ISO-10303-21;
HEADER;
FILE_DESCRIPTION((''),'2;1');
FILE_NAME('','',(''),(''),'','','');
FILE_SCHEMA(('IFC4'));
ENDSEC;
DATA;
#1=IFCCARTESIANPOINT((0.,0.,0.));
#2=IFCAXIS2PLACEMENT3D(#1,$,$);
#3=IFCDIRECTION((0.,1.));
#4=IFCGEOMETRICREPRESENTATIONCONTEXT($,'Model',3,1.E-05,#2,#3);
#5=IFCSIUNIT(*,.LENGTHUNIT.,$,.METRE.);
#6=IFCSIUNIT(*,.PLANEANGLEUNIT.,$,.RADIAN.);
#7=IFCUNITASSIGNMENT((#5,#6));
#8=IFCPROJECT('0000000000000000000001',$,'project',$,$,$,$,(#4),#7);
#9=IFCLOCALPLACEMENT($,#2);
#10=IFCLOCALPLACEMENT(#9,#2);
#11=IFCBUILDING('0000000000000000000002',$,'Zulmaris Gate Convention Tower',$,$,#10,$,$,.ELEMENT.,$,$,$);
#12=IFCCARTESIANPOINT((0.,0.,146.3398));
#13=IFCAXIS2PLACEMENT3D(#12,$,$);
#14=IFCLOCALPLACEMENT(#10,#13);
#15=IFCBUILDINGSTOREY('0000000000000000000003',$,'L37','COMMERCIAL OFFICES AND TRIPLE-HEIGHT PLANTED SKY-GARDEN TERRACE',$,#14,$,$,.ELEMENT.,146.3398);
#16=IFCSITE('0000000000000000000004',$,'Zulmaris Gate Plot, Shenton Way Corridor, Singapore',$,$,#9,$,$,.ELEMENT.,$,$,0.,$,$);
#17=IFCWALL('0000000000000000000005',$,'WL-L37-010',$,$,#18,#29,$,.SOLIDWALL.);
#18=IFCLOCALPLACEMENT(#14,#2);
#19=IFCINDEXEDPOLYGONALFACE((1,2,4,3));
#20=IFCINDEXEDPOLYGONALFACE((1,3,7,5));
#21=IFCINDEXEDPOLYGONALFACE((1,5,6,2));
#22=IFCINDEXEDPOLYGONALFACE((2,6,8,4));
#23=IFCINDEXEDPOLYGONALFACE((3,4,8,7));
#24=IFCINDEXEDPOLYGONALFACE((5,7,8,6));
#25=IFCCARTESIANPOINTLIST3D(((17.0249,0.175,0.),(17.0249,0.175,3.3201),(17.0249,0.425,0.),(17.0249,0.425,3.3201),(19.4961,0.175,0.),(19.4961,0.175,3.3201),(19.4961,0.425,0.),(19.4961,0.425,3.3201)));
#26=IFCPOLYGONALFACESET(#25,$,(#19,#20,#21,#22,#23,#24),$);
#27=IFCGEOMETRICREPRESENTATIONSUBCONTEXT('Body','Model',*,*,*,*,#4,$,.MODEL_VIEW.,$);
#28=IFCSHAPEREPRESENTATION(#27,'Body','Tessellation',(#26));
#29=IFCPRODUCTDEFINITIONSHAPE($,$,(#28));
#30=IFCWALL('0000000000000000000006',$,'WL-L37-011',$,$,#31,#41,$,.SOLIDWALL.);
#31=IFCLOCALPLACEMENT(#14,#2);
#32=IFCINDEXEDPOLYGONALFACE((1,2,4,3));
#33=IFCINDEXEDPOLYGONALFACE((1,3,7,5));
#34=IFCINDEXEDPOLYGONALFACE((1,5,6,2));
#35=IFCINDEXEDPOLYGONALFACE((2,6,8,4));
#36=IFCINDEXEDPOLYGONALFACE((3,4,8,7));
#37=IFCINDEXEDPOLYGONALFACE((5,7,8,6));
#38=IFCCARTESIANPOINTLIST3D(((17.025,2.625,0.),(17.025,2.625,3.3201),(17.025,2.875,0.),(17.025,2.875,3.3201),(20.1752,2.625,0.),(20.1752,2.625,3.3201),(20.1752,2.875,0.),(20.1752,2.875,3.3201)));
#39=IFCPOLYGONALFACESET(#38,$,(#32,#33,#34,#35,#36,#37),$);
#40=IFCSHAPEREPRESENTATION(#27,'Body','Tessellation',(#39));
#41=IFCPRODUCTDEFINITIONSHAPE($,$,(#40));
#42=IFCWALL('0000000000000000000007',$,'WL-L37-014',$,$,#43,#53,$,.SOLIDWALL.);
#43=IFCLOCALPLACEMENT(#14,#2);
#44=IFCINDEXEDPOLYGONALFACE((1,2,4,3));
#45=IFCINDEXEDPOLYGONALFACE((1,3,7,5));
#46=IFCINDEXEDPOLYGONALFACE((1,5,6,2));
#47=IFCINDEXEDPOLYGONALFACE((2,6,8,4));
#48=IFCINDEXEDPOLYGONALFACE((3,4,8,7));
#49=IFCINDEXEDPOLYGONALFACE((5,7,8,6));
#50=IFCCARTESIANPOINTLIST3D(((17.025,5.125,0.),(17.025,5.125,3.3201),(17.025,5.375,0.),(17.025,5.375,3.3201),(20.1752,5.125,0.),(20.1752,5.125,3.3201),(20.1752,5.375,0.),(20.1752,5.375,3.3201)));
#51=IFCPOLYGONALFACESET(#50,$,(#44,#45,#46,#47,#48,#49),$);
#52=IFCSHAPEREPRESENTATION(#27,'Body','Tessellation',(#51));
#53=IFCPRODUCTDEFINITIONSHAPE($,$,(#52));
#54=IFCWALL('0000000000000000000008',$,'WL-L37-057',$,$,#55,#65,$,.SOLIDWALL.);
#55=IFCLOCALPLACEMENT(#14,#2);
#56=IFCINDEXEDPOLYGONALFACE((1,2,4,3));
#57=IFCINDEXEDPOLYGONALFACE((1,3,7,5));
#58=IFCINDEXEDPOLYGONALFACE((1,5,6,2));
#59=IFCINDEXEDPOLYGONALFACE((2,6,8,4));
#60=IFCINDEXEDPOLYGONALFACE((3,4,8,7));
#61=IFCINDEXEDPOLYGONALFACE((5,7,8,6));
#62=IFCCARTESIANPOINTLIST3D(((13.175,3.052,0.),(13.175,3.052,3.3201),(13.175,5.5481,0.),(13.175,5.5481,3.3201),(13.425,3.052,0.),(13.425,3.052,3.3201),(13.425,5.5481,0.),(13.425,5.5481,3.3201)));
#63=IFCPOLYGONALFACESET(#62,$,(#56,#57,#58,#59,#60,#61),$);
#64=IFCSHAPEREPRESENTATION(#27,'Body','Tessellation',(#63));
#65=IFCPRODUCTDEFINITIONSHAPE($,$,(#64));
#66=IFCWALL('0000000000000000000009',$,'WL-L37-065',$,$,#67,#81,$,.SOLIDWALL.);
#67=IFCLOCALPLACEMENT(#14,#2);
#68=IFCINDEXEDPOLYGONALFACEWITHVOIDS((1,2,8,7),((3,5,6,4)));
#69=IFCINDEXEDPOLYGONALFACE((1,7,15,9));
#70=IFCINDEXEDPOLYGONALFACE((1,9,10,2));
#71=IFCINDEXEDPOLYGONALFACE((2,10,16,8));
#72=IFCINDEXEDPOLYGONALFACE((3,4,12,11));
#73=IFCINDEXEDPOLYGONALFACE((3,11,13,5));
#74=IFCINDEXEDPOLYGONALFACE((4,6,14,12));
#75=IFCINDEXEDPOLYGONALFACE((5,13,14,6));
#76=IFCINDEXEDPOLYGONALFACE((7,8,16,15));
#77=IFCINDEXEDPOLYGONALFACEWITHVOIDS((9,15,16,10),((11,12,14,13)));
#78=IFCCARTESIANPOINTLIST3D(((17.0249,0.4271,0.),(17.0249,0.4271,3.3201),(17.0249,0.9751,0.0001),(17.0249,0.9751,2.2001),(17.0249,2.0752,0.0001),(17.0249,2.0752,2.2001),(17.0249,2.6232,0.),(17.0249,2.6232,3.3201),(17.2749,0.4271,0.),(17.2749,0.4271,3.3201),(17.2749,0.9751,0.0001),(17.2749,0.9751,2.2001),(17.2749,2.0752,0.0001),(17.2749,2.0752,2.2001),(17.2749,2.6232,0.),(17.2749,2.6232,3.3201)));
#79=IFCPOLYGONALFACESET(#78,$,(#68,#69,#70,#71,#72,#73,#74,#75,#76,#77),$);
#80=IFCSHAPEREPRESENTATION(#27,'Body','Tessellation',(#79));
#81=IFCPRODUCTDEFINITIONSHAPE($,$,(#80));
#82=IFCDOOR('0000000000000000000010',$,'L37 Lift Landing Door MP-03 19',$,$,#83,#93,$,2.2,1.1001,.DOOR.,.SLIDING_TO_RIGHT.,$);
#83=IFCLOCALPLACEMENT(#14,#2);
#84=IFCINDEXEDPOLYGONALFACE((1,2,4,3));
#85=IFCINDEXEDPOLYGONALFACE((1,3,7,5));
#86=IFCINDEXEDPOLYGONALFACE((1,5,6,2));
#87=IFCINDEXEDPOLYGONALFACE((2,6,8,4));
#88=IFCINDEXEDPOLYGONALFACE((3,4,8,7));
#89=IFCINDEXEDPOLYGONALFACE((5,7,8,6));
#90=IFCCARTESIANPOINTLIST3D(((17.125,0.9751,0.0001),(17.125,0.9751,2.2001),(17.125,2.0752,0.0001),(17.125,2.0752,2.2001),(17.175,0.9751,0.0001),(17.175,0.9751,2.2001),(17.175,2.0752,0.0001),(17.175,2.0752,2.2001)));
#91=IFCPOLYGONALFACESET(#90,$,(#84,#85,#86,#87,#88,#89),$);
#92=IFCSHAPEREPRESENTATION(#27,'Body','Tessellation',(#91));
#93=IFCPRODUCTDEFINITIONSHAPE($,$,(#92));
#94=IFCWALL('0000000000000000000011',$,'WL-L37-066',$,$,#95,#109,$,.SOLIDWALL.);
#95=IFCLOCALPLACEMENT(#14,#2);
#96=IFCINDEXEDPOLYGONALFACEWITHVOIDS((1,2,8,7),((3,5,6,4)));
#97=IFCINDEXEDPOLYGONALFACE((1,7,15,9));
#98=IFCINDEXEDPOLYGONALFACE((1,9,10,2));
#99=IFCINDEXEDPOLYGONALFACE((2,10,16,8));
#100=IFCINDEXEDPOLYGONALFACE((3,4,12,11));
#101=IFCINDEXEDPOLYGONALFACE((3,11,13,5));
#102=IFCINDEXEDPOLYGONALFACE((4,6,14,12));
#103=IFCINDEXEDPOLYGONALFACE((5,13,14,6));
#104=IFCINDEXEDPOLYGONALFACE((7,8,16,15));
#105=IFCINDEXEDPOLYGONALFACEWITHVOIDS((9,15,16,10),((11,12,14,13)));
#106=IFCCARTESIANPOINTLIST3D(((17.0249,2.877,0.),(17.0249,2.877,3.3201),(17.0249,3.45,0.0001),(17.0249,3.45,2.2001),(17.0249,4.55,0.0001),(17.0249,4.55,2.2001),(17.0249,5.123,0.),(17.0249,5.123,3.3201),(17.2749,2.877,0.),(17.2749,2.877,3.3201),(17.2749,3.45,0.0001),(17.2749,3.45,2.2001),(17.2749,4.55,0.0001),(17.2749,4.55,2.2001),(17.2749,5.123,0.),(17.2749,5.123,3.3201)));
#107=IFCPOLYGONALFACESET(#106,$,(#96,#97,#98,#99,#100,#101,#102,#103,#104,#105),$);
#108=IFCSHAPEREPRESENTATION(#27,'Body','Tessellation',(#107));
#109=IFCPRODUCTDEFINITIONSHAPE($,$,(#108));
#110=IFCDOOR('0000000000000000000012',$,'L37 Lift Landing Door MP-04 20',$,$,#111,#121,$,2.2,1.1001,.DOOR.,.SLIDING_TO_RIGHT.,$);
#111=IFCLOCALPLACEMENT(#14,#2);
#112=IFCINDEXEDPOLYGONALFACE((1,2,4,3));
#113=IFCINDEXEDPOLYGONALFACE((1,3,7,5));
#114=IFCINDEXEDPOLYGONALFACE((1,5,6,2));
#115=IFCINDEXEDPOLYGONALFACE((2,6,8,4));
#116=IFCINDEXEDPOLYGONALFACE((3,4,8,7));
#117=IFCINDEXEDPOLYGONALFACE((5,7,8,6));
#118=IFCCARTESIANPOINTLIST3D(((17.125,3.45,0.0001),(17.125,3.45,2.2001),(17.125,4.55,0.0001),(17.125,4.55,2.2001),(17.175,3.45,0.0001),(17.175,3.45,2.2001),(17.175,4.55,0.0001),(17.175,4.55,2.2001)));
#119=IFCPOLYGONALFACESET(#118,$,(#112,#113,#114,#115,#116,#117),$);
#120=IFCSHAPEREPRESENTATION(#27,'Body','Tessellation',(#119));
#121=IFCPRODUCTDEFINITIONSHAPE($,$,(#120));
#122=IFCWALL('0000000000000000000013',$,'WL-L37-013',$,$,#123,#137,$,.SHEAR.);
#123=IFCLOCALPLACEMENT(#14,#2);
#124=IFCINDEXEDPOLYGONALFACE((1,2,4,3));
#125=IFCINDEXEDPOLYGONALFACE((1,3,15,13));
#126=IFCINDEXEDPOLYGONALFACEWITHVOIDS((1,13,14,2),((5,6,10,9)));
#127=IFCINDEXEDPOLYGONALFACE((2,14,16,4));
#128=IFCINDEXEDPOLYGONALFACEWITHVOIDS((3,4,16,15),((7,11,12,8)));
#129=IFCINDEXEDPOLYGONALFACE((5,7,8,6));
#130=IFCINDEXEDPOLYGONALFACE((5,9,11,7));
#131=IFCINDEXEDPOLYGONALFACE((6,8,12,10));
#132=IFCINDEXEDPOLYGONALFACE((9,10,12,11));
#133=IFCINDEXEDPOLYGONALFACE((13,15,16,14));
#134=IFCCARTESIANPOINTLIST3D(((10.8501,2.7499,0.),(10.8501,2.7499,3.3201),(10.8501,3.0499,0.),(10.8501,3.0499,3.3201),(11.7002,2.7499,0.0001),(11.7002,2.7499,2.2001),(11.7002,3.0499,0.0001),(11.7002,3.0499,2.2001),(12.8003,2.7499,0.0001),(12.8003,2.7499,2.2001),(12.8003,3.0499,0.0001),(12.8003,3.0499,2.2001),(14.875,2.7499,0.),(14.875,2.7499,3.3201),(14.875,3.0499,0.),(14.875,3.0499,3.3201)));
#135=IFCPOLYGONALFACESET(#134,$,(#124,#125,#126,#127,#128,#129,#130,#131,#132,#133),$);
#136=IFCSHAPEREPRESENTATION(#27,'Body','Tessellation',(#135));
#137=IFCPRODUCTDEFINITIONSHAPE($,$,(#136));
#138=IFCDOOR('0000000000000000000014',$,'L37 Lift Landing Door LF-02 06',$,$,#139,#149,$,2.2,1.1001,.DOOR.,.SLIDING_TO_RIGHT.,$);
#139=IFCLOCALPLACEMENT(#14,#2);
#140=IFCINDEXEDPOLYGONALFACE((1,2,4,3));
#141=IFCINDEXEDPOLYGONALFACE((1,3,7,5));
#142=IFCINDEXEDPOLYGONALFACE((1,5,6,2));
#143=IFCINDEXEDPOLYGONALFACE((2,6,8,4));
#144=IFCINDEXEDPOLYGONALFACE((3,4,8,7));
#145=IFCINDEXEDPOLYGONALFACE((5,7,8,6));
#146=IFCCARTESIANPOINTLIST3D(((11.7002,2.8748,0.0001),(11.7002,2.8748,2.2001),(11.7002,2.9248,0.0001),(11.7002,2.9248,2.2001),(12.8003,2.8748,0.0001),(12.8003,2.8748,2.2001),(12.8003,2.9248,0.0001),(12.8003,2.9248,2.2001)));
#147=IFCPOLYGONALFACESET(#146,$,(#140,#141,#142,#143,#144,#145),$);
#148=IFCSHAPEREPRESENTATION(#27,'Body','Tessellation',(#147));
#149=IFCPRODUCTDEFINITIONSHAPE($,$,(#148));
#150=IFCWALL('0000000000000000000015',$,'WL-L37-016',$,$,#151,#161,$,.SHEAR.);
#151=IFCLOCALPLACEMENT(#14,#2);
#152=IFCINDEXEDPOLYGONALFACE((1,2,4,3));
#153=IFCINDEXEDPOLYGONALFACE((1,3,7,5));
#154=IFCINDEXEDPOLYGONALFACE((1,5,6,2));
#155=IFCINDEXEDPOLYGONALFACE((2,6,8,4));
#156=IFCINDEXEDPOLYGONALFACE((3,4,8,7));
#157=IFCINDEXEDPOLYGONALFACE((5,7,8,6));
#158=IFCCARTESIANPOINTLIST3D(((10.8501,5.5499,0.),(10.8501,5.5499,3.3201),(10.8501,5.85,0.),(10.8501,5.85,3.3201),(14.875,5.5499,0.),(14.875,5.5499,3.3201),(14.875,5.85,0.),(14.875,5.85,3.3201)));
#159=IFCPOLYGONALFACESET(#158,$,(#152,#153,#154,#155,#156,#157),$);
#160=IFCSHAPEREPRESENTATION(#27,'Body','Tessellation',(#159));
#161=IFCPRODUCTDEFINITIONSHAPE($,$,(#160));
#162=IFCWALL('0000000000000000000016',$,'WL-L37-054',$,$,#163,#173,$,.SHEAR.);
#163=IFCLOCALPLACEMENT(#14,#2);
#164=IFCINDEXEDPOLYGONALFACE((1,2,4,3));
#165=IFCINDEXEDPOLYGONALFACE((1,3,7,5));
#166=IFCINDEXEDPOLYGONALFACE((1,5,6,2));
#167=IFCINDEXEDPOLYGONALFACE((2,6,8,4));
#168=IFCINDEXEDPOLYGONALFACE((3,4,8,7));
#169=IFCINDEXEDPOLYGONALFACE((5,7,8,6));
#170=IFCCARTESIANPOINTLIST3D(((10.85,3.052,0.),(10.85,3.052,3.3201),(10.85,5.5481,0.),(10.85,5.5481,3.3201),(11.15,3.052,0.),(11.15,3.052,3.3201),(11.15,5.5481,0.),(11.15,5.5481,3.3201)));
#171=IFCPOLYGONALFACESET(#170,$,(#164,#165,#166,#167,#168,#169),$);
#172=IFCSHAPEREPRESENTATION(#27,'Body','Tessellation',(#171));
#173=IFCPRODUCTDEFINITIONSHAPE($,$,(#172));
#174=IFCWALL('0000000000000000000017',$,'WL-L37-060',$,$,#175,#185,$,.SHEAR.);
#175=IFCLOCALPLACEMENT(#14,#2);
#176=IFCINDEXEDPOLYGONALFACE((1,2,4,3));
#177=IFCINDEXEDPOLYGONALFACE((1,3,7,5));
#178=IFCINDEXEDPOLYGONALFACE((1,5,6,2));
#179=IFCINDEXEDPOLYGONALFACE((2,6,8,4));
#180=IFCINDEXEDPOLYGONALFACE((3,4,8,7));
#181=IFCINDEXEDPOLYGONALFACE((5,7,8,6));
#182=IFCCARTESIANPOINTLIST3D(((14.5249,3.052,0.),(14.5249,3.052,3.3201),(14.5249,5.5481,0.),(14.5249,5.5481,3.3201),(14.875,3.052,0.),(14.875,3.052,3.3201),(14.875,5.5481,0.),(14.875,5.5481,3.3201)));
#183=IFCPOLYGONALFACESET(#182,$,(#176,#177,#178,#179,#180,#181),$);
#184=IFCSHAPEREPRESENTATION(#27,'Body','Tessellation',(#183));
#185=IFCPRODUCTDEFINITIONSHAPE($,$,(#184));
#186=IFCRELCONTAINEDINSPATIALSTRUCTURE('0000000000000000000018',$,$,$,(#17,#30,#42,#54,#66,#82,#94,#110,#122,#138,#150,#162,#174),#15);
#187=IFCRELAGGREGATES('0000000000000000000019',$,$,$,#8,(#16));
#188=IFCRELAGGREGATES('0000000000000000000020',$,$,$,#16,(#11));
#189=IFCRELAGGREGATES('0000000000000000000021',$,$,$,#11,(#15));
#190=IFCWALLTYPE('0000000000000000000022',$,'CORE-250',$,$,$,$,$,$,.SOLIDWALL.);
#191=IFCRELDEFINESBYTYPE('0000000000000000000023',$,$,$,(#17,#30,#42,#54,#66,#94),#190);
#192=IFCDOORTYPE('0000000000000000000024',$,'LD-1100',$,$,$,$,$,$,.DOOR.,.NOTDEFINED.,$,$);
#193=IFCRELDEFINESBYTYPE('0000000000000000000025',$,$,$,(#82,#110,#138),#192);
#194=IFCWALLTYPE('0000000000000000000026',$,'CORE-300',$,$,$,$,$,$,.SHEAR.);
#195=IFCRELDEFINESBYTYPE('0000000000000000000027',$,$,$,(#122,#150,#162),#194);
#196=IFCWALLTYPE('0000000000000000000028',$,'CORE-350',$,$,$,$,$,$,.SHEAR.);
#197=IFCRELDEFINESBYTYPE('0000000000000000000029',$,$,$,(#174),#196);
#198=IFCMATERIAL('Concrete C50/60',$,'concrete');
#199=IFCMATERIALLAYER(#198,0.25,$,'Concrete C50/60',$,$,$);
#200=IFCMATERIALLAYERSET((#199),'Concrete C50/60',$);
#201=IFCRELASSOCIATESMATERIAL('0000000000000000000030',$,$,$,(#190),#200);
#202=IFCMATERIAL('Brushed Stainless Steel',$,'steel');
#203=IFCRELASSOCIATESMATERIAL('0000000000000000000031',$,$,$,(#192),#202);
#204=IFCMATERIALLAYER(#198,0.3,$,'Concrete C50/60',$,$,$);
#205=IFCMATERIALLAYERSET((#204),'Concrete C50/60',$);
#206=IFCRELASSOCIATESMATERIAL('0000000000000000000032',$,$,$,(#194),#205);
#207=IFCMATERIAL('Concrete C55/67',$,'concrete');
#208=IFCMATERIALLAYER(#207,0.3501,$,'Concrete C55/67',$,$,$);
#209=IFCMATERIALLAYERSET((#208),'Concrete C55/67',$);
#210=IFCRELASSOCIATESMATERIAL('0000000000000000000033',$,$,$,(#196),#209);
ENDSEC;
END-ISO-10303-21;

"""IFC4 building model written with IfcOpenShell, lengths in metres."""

from ifc_helpers import new_model, si_unit, direction, frame, frame_2d, origin, place, context, subcontext, project, spatial, rectangle, extrude, material, layer, layer_set, type_object, element, fill, save


model = new_model("IFC4")

# Units and contexts
model_context = context("Model", 3, precision=1e-05, world=origin(), true_north=direction((0.0, 1.0)))
body_context = subcontext(model_context, "Body", "Model", "MODEL_VIEW")
ifc_project = project(units=[si_unit("LENGTHUNIT", "METRE"), si_unit("PLANEANGLEUNIT", "RADIAN")], contexts=[model_context])

# Site, building, storey
site_placement = place(None, origin())
site = spatial("IfcSite", under=ifc_project, at=site_placement, Name="Zulmaris Gate Plot, Shenton Way Corridor, Singapore", CompositionType="ELEMENT", RefElevation=0.0)
building_placement = place(site_placement, origin())
building = spatial("IfcBuilding", under=site, at=building_placement, Name="Zulmaris Gate Convention Tower", CompositionType="ELEMENT")
storey_placement = place(building_placement, frame((0.0, 0.0, 146.3398)))
storey = spatial("IfcBuildingStorey", under=building, at=storey_placement, Name="L37", Description="COMMERCIAL OFFICES AND TRIPLE-HEIGHT PLANTED SKY-GARDEN TERRACE", CompositionType="ELEMENT", Elevation=146.3398)

# Walls
ifc_material_1 = material(Name="Concrete C50/60", Category="concrete")
ifc_layer_1 = layer(ifc_material_1, 0.25, Name="Concrete C50/60")
ifc_layer_set_1 = layer_set([ifc_layer_1], Name="Concrete C50/60")
wall_type_1 = type_object("IfcWallType", Name="CORE-250", PredefinedType="SOLIDWALL", material=ifc_layer_set_1)
wall_1_placement = place(storey_placement, frame((17.0249, 0.3, 0.0), z_axis=(0.0, 0.0, 1.0), x_axis=(1.0, 0.0, 0.0)))
element("IfcWall", 1, at=wall_1_placement, inside=storey, type_object=wall_type_1, Name="WL-L37-010", PredefinedType="SOLIDWALL", context=body_context, shape_type="SweptSolid", body=[
    extrude(rectangle(XDim=2.4712, YDim=0.25, at=frame_2d((1.2356, 0.0))), origin(), (0.0, 0.0, 1.0), 3.3201),
])
for number, where, z_axis, x_axis, name in (
    (2, (17.0249, 2.75, 0.0), (0.0, 0.0, 1.0), (1.0, 0.0, 0.0), "WL-L37-011"),
    (3, (17.0249, 5.25, 0.0), (0.0, 0.0, 1.0), (1.0, 0.0, 0.0), "WL-L37-014"),
):
    element("IfcWall", number, at=place(storey_placement, frame(where, z_axis=z_axis, x_axis=x_axis)), inside=storey, type_object=wall_type_1, Name=name, PredefinedType="SOLIDWALL", context=body_context, shape_type="SweptSolid", body=[
        extrude(rectangle(XDim=3.1501, YDim=0.25, at=frame_2d((1.5752, 0.0))), origin(), (0.0, 0.0, 1.0), 3.3201),
    ])
wall_2_placement = place(storey_placement, frame((13.3, 3.052, 0.0), z_axis=(0.0, 0.0, 1.0), x_axis=(0.0, 1.0, 0.0)))
element("IfcWall", 4, at=wall_2_placement, inside=storey, type_object=wall_type_1, Name="WL-L37-057", PredefinedType="SOLIDWALL", context=body_context, shape_type="SweptSolid", body=[
    extrude(rectangle(XDim=2.4961, YDim=0.25, at=frame_2d((1.248, 0.0))), origin(), (0.0, 0.0, 1.0), 3.3201),
])

# Walls, openings, doors
wall_3_placement = place(storey_placement, frame((17.1499, 0.427, 0.0), z_axis=(0.0, 0.0, 1.0), x_axis=(0.0, 1.0, 0.0)))
wall_3 = element("IfcWall", 5, at=wall_3_placement, inside=storey, type_object=wall_type_1, Name="WL-L37-065", PredefinedType="SOLIDWALL", context=body_context, shape_type="SweptSolid", body=[
    extrude(rectangle(XDim=2.196, YDim=0.25, at=frame_2d((1.0981, 0.0))), origin(), (0.0, 0.0, 1.0), 3.3201),
])
opening_1_placement = place(wall_3_placement, frame((0.5481, 0.0, 0.0)))
opening_1 = element("IfcOpeningElement", 6, at=opening_1_placement, cuts=wall_3, PredefinedType="OPENING", context=body_context, shape_type="SweptSolid", body=[
    extrude(rectangle(XDim=1.1001, YDim=2.2, at=frame_2d((0.55, 1.1001))), frame((0.0, 0.135, 0.0), z_axis=(0.0, -1.0, 0.0), x_axis=(1.0, 0.0, 0.0)), (0.0, 0.0, 1.0), 0.27),
])
ifc_material_2 = material(Name="Brushed Stainless Steel", Category="steel")
door_type_1 = type_object("IfcDoorType", Name="LD-1100", OperationType="NOTDEFINED", PredefinedType="DOOR", material=ifc_material_2)
door_1_placement = place(opening_1_placement, origin())
door_1 = element("IfcDoor", 7, at=door_1_placement, inside=storey, type_object=door_type_1, Name="L37 Lift Landing Door MP-03 19", OperationType="SLIDING_TO_RIGHT", OverallHeight=2.2, OverallWidth=1.1001, PredefinedType="DOOR", context=body_context, shape_type="SweptSolid", body=[
    extrude(rectangle(XDim=1.1001, YDim=2.2, at=frame_2d((0.55, 1.1001))), frame((0.0, 0.0249, 0.0), z_axis=(0.0, -1.0, 0.0), x_axis=(1.0, 0.0, 0.0)), (0.0, 0.0, 1.0), 0.05),
])
fill(opening_1, door_1)
wall_4_placement = place(storey_placement, frame((17.1499, 2.877, 0.0), z_axis=(0.0, 0.0, 1.0), x_axis=(0.0, 1.0, 0.0)))
wall_4 = element("IfcWall", 8, at=wall_4_placement, inside=storey, type_object=wall_type_1, Name="WL-L37-066", PredefinedType="SOLIDWALL", context=body_context, shape_type="SweptSolid", body=[
    extrude(rectangle(XDim=2.2461, YDim=0.25, at=frame_2d((1.123, 0.0))), origin(), (0.0, 0.0, 1.0), 3.3201),
])
opening_2_placement = place(wall_4_placement, frame((0.573, 0.0, 0.0)))
opening_2 = element("IfcOpeningElement", 9, at=opening_2_placement, cuts=wall_4, PredefinedType="OPENING", context=body_context, shape_type="SweptSolid", body=[
    extrude(rectangle(XDim=1.1001, YDim=2.2, at=frame_2d((0.55, 1.1001))), frame((0.0, 0.135, 0.0), z_axis=(0.0, -1.0, 0.0), x_axis=(1.0, 0.0, 0.0)), (0.0, 0.0, 1.0), 0.27),
])
door_2_placement = place(opening_2_placement, origin())
door_2 = element("IfcDoor", 10, at=door_2_placement, inside=storey, type_object=door_type_1, Name="L37 Lift Landing Door MP-04 20", OperationType="SLIDING_TO_RIGHT", OverallHeight=2.2, OverallWidth=1.1001, PredefinedType="DOOR", context=body_context, shape_type="SweptSolid", body=[
    extrude(rectangle(XDim=1.1001, YDim=2.2, at=frame_2d((0.55, 1.1001))), frame((0.0, 0.0249, 0.0), z_axis=(0.0, -1.0, 0.0), x_axis=(1.0, 0.0, 0.0)), (0.0, 0.0, 1.0), 0.05),
])
fill(opening_2, door_2)
ifc_layer_2 = layer(ifc_material_1, 0.3, Name="Concrete C50/60")
ifc_layer_set_2 = layer_set([ifc_layer_2], Name="Concrete C50/60")
wall_type_2 = type_object("IfcWallType", Name="CORE-300", PredefinedType="SHEAR", material=ifc_layer_set_2)
wall_5_placement = place(storey_placement, frame((10.8501, 2.8999, 0.0), z_axis=(0.0, 0.0, 1.0), x_axis=(1.0, 0.0, 0.0)))
wall_5 = element("IfcWall", 11, at=wall_5_placement, inside=storey, type_object=wall_type_2, Name="WL-L37-013", PredefinedType="SHEAR", context=body_context, shape_type="SweptSolid", body=[
    extrude(rectangle(XDim=4.0249, YDim=0.3, at=frame_2d((2.0125, 0.0))), origin(), (0.0, 0.0, 1.0), 3.3201),
])
opening_3_placement = place(wall_5_placement, frame((0.8501, 0.0, 0.0)))
opening_3 = element("IfcOpeningElement", 12, at=opening_3_placement, cuts=wall_5, PredefinedType="OPENING", context=body_context, shape_type="SweptSolid", body=[
    extrude(rectangle(XDim=1.1001, YDim=2.2, at=frame_2d((0.55, 1.1001))), frame((0.0, 0.1602, 0.0), z_axis=(0.0, -1.0, 0.0), x_axis=(1.0, 0.0, 0.0)), (0.0, 0.0, 1.0), 0.3201),
])
door_3_placement = place(opening_3_placement, origin())
door_3 = element("IfcDoor", 13, at=door_3_placement, inside=storey, type_object=door_type_1, Name="L37 Lift Landing Door LF-02 06", OperationType="SLIDING_TO_RIGHT", OverallHeight=2.2, OverallWidth=1.1001, PredefinedType="DOOR", context=body_context, shape_type="SweptSolid", body=[
    extrude(rectangle(XDim=1.1001, YDim=2.2, at=frame_2d((0.55, 1.1001))), frame((0.0, 0.0249, 0.0), z_axis=(0.0, -1.0, 0.0), x_axis=(1.0, 0.0, 0.0)), (0.0, 0.0, 1.0), 0.05),
])
fill(opening_3, door_3)

# Wall
wall_6_placement = place(storey_placement, frame((10.8501, 5.7, 0.0), z_axis=(0.0, 0.0, 1.0), x_axis=(1.0, 0.0, 0.0)))
element("IfcWall", 14, at=wall_6_placement, inside=storey, type_object=wall_type_2, Name="WL-L37-016", PredefinedType="SHEAR", context=body_context, shape_type="SweptSolid", body=[
    extrude(rectangle(XDim=4.0249, YDim=0.3, at=frame_2d((2.0125, 0.0))), origin(), (0.0, 0.0, 1.0), 3.3201),
])

# Walls
wall_7_placement = place(storey_placement, frame((11.0, 3.052, 0.0), z_axis=(0.0, 0.0, 1.0), x_axis=(0.0, 1.0, 0.0)))
element("IfcWall", 15, at=wall_7_placement, inside=storey, type_object=wall_type_2, Name="WL-L37-054", PredefinedType="SHEAR", context=body_context, shape_type="SweptSolid", body=[
    extrude(rectangle(XDim=2.4961, YDim=0.3, at=frame_2d((1.248, 0.0))), origin(), (0.0, 0.0, 1.0), 3.3201),
])
ifc_material_3 = material(Name="Concrete C55/67", Category="concrete")
ifc_layer_3 = layer(ifc_material_3, 0.3501, Name="Concrete C55/67")
ifc_layer_set_3 = layer_set([ifc_layer_3], Name="Concrete C55/67")
wall_type_3 = type_object("IfcWallType", Name="CORE-350", PredefinedType="SHEAR", material=ifc_layer_set_3)
wall_8_placement = place(storey_placement, frame((14.7, 3.052, 0.0), z_axis=(0.0, 0.0, 1.0), x_axis=(0.0, 1.0, 0.0)))
element("IfcWall", 16, at=wall_8_placement, inside=storey, type_object=wall_type_3, Name="WL-L37-060", PredefinedType="SHEAR", context=body_context, shape_type="SweptSolid", body=[
    extrude(rectangle(XDim=2.4961, YDim=0.3501, at=frame_2d((1.248, 0.0))), origin(), (0.0, 0.0, 1.0), 3.3201),
])

save(model, "model.ifc")
